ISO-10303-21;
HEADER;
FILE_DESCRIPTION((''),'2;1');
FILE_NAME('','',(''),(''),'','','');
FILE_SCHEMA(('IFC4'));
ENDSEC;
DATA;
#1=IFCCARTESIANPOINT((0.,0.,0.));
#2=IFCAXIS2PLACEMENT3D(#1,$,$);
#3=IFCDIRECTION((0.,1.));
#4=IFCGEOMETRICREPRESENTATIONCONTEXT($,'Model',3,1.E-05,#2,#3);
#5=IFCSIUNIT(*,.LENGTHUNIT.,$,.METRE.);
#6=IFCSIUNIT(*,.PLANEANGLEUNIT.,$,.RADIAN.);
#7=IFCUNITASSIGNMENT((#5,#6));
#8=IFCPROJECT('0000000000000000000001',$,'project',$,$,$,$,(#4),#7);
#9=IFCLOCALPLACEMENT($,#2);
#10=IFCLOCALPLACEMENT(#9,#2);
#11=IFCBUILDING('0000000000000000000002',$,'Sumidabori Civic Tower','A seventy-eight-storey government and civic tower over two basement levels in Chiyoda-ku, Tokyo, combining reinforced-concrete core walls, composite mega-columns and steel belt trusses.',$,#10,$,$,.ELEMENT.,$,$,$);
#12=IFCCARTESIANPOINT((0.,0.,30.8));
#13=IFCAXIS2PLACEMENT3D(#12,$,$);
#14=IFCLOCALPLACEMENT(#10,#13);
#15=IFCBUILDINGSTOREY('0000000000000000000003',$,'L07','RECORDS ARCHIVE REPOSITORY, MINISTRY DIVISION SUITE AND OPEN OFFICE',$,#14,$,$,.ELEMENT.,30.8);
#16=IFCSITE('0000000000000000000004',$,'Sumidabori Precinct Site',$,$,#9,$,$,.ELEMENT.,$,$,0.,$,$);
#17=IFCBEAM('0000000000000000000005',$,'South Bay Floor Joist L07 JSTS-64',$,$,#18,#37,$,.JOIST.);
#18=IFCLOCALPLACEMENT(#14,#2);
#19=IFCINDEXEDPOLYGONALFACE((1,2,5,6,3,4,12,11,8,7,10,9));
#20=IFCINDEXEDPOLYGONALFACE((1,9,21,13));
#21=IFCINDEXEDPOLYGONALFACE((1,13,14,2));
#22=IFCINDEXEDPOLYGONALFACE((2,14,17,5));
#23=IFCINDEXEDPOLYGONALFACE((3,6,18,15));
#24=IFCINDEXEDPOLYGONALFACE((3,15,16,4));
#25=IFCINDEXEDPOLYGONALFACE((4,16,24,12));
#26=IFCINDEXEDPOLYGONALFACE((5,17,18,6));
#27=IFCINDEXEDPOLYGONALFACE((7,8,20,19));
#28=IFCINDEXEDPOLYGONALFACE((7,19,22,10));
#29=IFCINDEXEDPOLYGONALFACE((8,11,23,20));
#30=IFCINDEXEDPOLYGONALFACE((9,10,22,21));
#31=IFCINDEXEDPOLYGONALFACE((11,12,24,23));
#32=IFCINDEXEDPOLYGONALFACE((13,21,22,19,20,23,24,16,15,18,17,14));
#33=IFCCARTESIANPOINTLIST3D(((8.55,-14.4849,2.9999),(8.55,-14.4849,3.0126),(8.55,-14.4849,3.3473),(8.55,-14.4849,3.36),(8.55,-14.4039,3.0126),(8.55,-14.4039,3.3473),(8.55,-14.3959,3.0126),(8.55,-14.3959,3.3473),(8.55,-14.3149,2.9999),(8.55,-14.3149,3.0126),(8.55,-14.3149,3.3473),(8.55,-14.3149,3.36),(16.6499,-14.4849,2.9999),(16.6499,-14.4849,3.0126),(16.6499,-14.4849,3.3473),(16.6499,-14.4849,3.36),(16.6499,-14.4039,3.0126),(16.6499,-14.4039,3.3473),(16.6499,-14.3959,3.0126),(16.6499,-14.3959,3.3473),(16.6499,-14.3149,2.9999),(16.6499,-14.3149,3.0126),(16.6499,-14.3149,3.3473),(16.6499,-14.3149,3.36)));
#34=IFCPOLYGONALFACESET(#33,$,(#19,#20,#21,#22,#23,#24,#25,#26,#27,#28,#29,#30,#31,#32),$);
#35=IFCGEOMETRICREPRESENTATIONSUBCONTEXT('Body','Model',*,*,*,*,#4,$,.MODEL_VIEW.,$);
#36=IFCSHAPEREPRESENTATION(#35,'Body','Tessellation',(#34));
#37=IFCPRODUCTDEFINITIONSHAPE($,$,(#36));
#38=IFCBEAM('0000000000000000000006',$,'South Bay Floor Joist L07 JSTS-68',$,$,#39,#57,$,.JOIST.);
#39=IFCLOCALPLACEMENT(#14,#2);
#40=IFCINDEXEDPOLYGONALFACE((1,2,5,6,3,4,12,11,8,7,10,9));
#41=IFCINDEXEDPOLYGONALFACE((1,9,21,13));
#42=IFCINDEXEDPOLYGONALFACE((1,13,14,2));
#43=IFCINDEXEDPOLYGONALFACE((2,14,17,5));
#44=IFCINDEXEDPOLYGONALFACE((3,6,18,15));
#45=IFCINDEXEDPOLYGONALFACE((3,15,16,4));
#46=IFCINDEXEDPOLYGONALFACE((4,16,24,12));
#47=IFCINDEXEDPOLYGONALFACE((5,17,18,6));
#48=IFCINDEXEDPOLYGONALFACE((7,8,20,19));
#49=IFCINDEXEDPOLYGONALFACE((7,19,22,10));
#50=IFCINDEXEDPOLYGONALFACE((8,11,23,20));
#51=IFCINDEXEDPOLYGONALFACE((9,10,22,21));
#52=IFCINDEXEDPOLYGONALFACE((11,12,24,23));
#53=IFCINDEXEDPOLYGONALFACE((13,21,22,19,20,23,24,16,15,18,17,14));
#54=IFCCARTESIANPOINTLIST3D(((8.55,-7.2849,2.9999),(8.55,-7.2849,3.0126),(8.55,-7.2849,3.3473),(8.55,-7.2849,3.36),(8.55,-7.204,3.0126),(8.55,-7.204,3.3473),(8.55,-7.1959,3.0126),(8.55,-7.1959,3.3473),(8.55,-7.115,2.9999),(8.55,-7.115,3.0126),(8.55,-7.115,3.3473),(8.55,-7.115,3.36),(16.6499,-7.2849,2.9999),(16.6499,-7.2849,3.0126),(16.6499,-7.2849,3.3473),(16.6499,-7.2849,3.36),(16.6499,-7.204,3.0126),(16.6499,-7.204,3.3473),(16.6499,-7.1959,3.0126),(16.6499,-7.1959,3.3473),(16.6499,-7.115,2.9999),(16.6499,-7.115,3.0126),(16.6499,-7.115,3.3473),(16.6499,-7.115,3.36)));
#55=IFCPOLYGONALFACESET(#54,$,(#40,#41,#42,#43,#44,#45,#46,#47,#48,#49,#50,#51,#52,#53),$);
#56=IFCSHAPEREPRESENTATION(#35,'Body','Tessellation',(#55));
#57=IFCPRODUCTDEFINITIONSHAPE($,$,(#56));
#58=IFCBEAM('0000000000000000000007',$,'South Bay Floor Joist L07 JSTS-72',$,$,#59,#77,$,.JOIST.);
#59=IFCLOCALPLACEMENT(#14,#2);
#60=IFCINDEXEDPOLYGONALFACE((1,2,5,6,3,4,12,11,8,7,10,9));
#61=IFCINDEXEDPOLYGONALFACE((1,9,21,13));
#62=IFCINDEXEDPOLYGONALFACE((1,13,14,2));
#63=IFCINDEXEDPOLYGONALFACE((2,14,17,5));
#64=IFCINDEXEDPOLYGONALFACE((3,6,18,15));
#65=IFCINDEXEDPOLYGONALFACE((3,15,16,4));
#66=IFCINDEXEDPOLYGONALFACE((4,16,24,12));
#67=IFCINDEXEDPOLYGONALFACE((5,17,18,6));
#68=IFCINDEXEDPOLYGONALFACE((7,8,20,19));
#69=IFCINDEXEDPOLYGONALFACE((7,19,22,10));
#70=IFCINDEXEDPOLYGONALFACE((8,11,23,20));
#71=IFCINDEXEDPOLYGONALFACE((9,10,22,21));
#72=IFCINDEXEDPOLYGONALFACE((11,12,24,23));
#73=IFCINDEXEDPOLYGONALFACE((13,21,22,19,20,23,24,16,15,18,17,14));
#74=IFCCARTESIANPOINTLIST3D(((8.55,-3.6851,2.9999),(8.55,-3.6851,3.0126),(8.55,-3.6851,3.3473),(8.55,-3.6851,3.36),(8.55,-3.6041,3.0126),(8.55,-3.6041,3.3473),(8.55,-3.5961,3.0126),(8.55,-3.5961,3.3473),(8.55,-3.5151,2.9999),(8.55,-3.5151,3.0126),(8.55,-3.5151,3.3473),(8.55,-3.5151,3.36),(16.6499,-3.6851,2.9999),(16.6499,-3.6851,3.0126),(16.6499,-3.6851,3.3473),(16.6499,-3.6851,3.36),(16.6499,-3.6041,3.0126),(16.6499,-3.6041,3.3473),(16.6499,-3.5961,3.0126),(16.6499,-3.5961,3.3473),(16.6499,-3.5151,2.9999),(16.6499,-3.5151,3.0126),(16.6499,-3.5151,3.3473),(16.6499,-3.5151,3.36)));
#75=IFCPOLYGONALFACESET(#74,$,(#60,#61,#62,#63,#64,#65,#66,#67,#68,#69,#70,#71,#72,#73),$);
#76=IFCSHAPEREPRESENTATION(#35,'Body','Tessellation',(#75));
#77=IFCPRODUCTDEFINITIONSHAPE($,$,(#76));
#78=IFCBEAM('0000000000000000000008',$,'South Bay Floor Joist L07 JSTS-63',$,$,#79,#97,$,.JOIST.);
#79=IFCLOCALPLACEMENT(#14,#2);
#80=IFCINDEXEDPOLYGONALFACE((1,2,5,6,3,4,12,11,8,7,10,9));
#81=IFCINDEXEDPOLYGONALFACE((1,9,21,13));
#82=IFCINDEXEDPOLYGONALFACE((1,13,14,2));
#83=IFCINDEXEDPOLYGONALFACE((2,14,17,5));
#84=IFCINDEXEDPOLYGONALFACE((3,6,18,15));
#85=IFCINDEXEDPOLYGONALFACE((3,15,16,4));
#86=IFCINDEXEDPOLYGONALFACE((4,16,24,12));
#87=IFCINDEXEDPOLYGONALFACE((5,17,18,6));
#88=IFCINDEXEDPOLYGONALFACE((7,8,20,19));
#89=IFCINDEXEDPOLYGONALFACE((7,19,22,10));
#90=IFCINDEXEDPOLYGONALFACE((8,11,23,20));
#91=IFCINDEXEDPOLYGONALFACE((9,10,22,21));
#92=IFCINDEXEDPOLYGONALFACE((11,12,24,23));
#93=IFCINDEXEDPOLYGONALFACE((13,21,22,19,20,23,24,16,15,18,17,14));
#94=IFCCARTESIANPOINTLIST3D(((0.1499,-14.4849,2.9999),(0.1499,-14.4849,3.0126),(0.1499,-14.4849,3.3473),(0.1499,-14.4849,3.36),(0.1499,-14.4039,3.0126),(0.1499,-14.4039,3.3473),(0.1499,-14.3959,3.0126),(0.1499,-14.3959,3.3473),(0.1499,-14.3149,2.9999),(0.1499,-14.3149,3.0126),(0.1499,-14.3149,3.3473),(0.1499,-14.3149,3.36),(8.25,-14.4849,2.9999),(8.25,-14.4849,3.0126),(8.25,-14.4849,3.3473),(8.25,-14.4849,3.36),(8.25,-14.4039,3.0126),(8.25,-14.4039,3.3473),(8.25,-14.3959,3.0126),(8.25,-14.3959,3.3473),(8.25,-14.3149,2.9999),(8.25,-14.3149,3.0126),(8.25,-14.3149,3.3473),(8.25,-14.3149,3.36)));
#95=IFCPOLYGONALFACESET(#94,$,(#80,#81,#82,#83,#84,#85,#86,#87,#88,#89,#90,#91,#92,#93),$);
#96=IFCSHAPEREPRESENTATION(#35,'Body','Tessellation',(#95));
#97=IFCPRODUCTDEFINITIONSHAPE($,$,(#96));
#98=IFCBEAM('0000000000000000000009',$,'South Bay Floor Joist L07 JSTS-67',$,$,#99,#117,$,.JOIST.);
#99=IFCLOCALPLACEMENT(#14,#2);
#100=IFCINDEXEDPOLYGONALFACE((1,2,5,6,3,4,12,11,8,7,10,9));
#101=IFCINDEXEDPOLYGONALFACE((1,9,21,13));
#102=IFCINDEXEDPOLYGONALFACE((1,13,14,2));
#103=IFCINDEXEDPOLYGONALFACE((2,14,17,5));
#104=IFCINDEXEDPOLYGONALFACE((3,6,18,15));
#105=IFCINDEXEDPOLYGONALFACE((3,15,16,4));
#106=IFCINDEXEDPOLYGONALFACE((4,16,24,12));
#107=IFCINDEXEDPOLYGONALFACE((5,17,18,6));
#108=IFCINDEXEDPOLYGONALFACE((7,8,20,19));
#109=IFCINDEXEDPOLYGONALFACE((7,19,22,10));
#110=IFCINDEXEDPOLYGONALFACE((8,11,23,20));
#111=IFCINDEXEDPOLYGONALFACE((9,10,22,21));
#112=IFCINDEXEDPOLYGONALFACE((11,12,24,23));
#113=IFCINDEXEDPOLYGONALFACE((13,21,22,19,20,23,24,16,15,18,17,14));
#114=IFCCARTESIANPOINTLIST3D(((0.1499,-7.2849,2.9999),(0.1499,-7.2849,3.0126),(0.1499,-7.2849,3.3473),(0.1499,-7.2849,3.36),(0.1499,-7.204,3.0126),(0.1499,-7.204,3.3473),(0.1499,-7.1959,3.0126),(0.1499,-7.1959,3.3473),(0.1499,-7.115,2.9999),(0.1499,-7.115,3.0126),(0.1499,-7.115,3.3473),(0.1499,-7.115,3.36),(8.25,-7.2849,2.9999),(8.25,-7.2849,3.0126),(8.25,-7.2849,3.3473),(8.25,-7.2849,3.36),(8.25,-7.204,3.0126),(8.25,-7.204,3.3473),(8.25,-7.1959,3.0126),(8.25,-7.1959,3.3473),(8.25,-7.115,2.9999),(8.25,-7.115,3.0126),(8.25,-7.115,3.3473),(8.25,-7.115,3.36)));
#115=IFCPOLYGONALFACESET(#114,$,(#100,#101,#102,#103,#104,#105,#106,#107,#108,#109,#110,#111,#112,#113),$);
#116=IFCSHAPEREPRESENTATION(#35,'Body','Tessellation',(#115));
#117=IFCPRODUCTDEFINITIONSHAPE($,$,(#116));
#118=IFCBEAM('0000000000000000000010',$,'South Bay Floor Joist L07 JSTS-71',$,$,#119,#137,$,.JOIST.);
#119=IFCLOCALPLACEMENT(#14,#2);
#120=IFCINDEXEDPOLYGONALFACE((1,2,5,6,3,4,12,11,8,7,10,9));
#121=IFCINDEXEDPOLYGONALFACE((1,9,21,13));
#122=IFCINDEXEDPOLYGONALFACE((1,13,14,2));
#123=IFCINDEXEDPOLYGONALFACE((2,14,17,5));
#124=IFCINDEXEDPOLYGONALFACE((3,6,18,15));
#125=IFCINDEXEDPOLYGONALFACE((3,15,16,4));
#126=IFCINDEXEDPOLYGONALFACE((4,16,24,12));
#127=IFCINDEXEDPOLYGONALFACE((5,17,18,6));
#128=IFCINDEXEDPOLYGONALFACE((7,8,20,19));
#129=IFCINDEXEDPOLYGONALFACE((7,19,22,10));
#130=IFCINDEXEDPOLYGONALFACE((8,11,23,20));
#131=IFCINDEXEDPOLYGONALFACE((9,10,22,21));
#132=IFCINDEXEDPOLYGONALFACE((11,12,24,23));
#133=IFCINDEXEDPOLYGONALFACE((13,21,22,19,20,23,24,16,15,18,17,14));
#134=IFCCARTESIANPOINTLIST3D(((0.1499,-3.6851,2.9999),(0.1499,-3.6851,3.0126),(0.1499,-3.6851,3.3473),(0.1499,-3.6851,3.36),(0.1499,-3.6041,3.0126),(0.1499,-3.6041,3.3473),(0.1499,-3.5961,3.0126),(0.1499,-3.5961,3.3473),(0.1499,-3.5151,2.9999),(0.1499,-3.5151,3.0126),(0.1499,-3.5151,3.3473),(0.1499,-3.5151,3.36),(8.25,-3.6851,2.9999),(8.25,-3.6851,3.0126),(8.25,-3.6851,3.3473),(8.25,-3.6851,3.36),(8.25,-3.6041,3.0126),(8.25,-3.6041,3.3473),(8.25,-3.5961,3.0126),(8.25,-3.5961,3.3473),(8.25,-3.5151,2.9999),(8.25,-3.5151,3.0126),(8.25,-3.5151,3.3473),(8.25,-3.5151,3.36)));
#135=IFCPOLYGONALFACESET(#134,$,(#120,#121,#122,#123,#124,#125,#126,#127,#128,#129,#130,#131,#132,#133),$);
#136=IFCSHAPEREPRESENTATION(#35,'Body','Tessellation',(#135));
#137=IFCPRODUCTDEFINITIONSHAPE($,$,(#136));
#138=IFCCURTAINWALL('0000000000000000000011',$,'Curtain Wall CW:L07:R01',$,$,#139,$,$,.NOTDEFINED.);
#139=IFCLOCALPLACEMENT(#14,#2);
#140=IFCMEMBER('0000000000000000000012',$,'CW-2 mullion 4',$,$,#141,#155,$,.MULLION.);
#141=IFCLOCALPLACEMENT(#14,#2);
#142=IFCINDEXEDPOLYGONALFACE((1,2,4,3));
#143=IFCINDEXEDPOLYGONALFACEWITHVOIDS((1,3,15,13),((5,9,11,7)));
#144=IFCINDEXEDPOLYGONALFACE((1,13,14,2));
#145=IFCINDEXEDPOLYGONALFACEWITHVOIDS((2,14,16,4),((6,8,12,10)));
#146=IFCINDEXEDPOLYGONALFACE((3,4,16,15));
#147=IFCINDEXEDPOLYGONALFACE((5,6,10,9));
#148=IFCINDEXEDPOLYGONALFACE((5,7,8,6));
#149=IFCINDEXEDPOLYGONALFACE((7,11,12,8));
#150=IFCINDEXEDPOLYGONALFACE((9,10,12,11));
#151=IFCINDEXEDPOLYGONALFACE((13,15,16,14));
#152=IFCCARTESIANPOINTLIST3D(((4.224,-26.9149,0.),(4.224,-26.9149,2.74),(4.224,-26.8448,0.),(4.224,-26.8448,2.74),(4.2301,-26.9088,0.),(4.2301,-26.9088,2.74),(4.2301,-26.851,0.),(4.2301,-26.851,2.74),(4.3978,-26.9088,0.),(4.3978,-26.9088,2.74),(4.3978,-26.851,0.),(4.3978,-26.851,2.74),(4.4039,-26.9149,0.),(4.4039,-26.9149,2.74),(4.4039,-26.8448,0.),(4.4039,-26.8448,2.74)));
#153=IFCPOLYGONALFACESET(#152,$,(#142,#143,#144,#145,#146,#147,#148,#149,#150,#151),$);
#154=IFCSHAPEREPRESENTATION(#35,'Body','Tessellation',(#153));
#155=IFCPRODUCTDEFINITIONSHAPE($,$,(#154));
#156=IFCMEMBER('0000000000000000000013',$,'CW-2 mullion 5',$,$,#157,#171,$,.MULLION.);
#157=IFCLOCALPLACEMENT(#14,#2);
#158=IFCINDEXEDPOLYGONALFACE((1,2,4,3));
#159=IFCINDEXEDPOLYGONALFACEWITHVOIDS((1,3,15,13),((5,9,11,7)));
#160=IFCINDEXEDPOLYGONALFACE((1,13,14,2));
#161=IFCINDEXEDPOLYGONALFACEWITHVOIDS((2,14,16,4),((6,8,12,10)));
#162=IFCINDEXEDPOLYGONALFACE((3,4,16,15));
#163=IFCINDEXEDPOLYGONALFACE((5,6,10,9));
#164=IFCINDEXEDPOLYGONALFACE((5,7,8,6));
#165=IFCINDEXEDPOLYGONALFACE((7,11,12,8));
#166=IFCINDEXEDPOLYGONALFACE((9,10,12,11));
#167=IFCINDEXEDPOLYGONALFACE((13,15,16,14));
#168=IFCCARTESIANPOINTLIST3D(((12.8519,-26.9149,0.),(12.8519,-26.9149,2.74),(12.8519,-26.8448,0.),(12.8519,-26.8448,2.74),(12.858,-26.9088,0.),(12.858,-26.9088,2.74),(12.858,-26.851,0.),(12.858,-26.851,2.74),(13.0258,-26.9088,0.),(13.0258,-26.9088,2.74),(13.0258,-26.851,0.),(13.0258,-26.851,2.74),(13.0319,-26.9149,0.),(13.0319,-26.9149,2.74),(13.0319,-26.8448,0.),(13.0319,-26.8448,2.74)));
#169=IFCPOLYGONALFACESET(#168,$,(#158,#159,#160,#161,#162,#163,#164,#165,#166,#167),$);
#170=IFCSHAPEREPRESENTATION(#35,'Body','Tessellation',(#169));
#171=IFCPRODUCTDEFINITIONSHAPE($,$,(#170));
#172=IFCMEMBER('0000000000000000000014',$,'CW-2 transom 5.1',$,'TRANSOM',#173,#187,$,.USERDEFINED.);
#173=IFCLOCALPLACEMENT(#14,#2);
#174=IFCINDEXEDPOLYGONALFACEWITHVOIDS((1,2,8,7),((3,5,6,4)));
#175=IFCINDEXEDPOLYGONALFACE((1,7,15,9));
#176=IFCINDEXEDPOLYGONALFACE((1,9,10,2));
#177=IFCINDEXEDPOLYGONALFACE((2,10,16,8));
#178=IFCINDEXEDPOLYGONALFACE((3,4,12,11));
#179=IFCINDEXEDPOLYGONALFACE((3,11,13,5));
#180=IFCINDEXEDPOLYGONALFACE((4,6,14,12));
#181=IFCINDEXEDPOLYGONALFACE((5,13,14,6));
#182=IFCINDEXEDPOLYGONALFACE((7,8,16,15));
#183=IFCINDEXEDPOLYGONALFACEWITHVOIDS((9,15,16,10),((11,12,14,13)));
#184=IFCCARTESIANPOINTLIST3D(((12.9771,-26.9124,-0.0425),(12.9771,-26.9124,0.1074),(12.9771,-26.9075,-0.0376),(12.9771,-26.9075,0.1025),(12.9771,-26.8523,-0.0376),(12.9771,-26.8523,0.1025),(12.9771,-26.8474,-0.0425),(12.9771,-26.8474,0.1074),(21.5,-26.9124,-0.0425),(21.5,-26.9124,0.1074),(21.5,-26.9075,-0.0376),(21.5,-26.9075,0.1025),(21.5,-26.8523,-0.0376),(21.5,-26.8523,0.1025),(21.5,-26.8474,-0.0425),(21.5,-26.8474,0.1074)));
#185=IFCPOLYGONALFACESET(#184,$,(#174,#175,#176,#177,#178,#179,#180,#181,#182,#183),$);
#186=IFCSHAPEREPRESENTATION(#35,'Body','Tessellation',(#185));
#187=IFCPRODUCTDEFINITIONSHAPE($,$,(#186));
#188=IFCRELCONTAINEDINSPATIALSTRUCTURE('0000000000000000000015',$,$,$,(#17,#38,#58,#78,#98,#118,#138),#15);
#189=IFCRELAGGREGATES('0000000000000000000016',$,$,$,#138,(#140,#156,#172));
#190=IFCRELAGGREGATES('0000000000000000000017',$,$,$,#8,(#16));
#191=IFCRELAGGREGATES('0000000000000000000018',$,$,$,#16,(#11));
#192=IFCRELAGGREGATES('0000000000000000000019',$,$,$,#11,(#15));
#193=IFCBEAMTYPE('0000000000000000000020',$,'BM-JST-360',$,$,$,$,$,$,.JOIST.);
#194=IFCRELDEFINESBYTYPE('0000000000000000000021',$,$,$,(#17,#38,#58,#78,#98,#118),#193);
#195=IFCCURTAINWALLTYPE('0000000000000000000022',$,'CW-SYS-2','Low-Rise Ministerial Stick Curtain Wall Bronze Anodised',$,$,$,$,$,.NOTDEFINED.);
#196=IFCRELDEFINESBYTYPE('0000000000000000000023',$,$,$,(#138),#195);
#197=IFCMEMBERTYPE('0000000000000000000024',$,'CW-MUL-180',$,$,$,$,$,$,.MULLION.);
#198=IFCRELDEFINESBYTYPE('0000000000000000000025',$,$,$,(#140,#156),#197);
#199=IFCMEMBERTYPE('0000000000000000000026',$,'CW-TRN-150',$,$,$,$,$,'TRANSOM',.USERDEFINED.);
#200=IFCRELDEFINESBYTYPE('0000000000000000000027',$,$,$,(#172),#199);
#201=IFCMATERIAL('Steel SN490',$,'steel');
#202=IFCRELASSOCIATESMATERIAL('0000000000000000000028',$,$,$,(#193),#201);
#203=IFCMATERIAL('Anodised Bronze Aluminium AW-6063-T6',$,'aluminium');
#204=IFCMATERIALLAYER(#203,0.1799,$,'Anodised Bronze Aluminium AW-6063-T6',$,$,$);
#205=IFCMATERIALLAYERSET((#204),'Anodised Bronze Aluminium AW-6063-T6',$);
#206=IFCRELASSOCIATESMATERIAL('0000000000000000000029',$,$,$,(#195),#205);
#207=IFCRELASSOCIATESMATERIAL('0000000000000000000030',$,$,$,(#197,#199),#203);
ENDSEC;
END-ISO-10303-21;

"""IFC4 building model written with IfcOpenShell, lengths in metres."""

from ifc_helpers import new_model, si_unit, direction, frame, origin, origin_2d, place, context, subcontext, project, spatial, hollow_rectangle, i_section, extrude, source, transform, mapped, material, layer, layer_set, material_profile, profile_set, type_object, element, aggregate, save


model = new_model("IFC4")

# Units and contexts
model_context = context("Model", 3, precision=1e-05, world=origin(), true_north=direction((0.0, 1.0)))
body_context = subcontext(model_context, "Body", "Model", "MODEL_VIEW")
ifc_project = project(units=[si_unit("LENGTHUNIT", "METRE"), si_unit("PLANEANGLEUNIT", "RADIAN")], contexts=[model_context])

# Site, building, storey
site_placement = place(None, origin())
site = spatial("IfcSite", under=ifc_project, at=site_placement, Name="Sumidabori Precinct Site", CompositionType="ELEMENT", RefElevation=0.0)
building_placement = place(site_placement, origin())
building = spatial("IfcBuilding", under=site, at=building_placement, Name="Sumidabori Civic Tower", Description="A seventy-eight-storey government and civic tower over two basement levels in Chiyoda-ku, Tokyo, combining reinforced-concrete core walls, composite mega-columns and steel belt trusses.", CompositionType="ELEMENT")
storey_placement = place(building_placement, frame((0.0, 0.0, 30.8)))
storey = spatial("IfcBuildingStorey", under=building, at=storey_placement, Name="L07", Description="RECORDS ARCHIVE REPOSITORY, MINISTRY DIVISION SUITE AND OPEN OFFICE", CompositionType="ELEMENT", Elevation=30.8)

# Beams
ifc_material_1 = material(Name="Steel SN490", Category="steel")
ifc_material_profile_1 = material_profile(ifc_material_1, i_section(OverallWidth=0.1699, OverallDepth=0.3601, WebThickness=0.0081, FlangeThickness=0.0127, at=origin_2d()), Name="IPE 360")
ifc_profile_set_1 = profile_set([ifc_material_profile_1], Name="Steel SN490")
beam_type_1 = type_object("IfcBeamType", Name="BM-JST-360", PredefinedType="JOIST", material=ifc_profile_set_1)
shared_shape_1 = source(origin(), body_context, "Body", "SweptSolid", [
    extrude(i_section(OverallWidth=0.1699, OverallDepth=0.3601, WebThickness=0.0081, FlangeThickness=0.0127, at=origin_2d()), origin(), (0.0, 0.0, 1.0), 8.0999),
])
for number, where, z_axis, x_axis, name in (
    (1, (8.55, -14.3999, 3.1799), (1.0, 0.0, 0.0), (0.0, 1.0, 0.0), "South Bay Floor Joist L07 JSTS-64"),
    (2, (8.55, -7.2, 3.1799), (1.0, 0.0, 0.0), (0.0, 1.0, 0.0), "South Bay Floor Joist L07 JSTS-68"),
    (3, (8.55, -3.6001, 3.1799), (1.0, 0.0, 0.0), (0.0, 1.0, 0.0), "South Bay Floor Joist L07 JSTS-72"),
):
    element("IfcBeam", number, at=place(storey_placement, frame(where, z_axis=z_axis, x_axis=x_axis)), inside=storey, type_object=beam_type_1, Name=name, PredefinedType="JOIST", context=body_context, shape_type="MappedRepresentation", body=[
        mapped(shared_shape_1, transform((0.0, 0.0, 0.0), x_axis=(1.0, 0.0, 0.0), y_axis=(0.0, 1.0, 0.0), z_axis=(0.0, 0.0, 1.0), scale=1.0)),
    ])
shared_shape_2 = source(origin(), body_context, "Body", "SweptSolid", [
    extrude(i_section(OverallWidth=0.1699, OverallDepth=0.3601, WebThickness=0.0081, FlangeThickness=0.0127, at=origin_2d()), origin(), (0.0, 0.0, 1.0), 8.1001),
])
for number, where, z_axis, x_axis, name in (
    (4, (0.1499, -14.3999, 3.1799), (1.0, 0.0, 0.0), (0.0, 1.0, 0.0), "South Bay Floor Joist L07 JSTS-63"),
    (5, (0.1499, -7.2, 3.1799), (1.0, 0.0, 0.0), (0.0, 1.0, 0.0), "South Bay Floor Joist L07 JSTS-67"),
    (6, (0.1499, -3.6001, 3.1799), (1.0, 0.0, 0.0), (0.0, 1.0, 0.0), "South Bay Floor Joist L07 JSTS-71"),
):
    element("IfcBeam", number, at=place(storey_placement, frame(where, z_axis=z_axis, x_axis=x_axis)), inside=storey, type_object=beam_type_1, Name=name, PredefinedType="JOIST", context=body_context, shape_type="MappedRepresentation", body=[
        mapped(shared_shape_2, transform((0.0, 0.0, 0.0), x_axis=(1.0, 0.0, 0.0), y_axis=(0.0, 1.0, 0.0), z_axis=(0.0, 0.0, 1.0), scale=1.0)),
    ])

# Curtain wall, members
ifc_material_2 = material(Name="Anodised Bronze Aluminium AW-6063-T6", Category="aluminium")
ifc_layer_1 = layer(ifc_material_2, 0.1799, Name="Anodised Bronze Aluminium AW-6063-T6")
ifc_layer_set_1 = layer_set([ifc_layer_1], Name="Anodised Bronze Aluminium AW-6063-T6")
curtain_wall_type = type_object("IfcCurtainWallType", Name="CW-SYS-2", Description="Low-Rise Ministerial Stick Curtain Wall Bronze Anodised", PredefinedType="NOTDEFINED", material=ifc_layer_set_1)
curtain_wall_placement = place(storey_placement, origin())
curtain_wall = element("IfcCurtainWall", 7, at=curtain_wall_placement, inside=storey, type_object=curtain_wall_type, Name="Curtain Wall CW:L07:R01", PredefinedType="NOTDEFINED")
ifc_material_profile_2 = material_profile(ifc_material_2, hollow_rectangle(XDim=0.0701, YDim=0.1799, WallThickness=0.0061, at=origin_2d()), Name="ALU MULLION 180x70")
ifc_profile_set_2 = profile_set([ifc_material_profile_2], Name="Anodised Bronze Aluminium AW-6063-T6")
member_type_1 = type_object("IfcMemberType", Name="CW-MUL-180", PredefinedType="MULLION", material=ifc_profile_set_2)
shared_shape_3 = source(origin(), body_context, "Body", "SweptSolid", [
    extrude(hollow_rectangle(XDim=0.0701, YDim=0.1799, WallThickness=0.0061, at=origin_2d()), origin(), (0.0, 0.0, 1.0), 2.74),
])
member_1_placement = place(storey_placement, frame((4.314, -26.8799, 0.0), z_axis=(0.0, 0.0, 1.0), x_axis=(0.0, 1.0, 0.0)))
member_1 = element("IfcMember", 8, at=member_1_placement, type_object=member_type_1, Name="CW-2 mullion 4", PredefinedType="MULLION", context=body_context, shape_type="MappedRepresentation", body=[
    mapped(shared_shape_3, transform((0.0, 0.0, 0.0), x_axis=(1.0, 0.0, 0.0), y_axis=(0.0, 1.0, 0.0), z_axis=(0.0, 0.0, 1.0), scale=1.0)),
])
member_2_placement = place(storey_placement, frame((12.9419, -26.8799, 0.0), z_axis=(0.0, 0.0, 1.0), x_axis=(0.0, 1.0, 0.0)))
member_2 = element("IfcMember", 9, at=member_2_placement, type_object=member_type_1, Name="CW-2 mullion 5", PredefinedType="MULLION", context=body_context, shape_type="MappedRepresentation", body=[
    mapped(shared_shape_3, transform((0.0, 0.0, 0.0), x_axis=(1.0, 0.0, 0.0), y_axis=(0.0, 1.0, 0.0), z_axis=(0.0, 0.0, 1.0), scale=1.0)),
])
ifc_material_profile_3 = material_profile(ifc_material_2, hollow_rectangle(XDim=0.0649, YDim=0.1499, WallThickness=0.0049, at=origin_2d()), Name="ALU TRANSOM 150x65")
ifc_profile_set_3 = profile_set([ifc_material_profile_3], Name="Anodised Bronze Aluminium AW-6063-T6")
member_type_2 = type_object("IfcMemberType", Name="CW-TRN-150", ElementType="TRANSOM", PredefinedType="USERDEFINED", material=ifc_profile_set_3)
shared_shape_4 = source(origin(), body_context, "Body", "SweptSolid", [
    extrude(hollow_rectangle(XDim=0.0649, YDim=0.1499, WallThickness=0.0049, at=origin_2d()), origin(), (0.0, 0.0, 1.0), 8.5229),
])
member_3_placement = place(storey_placement, frame((12.9771, -26.8799, 0.0325), z_axis=(1.0, 0.0, 0.0), x_axis=(0.0, 1.0, 0.0)))
member_3 = element("IfcMember", 10, at=member_3_placement, type_object=member_type_2, Name="CW-2 transom 5.1", ObjectType="TRANSOM", PredefinedType="USERDEFINED", context=body_context, shape_type="MappedRepresentation", body=[
    mapped(shared_shape_4, transform((0.0, 0.0, 0.0), x_axis=(1.0, 0.0, 0.0), y_axis=(0.0, 1.0, 0.0), z_axis=(0.0, 0.0, 1.0), scale=1.0)),
])
aggregate(curtain_wall, [member_1, member_2, member_3])

save(model, "model.ifc")
